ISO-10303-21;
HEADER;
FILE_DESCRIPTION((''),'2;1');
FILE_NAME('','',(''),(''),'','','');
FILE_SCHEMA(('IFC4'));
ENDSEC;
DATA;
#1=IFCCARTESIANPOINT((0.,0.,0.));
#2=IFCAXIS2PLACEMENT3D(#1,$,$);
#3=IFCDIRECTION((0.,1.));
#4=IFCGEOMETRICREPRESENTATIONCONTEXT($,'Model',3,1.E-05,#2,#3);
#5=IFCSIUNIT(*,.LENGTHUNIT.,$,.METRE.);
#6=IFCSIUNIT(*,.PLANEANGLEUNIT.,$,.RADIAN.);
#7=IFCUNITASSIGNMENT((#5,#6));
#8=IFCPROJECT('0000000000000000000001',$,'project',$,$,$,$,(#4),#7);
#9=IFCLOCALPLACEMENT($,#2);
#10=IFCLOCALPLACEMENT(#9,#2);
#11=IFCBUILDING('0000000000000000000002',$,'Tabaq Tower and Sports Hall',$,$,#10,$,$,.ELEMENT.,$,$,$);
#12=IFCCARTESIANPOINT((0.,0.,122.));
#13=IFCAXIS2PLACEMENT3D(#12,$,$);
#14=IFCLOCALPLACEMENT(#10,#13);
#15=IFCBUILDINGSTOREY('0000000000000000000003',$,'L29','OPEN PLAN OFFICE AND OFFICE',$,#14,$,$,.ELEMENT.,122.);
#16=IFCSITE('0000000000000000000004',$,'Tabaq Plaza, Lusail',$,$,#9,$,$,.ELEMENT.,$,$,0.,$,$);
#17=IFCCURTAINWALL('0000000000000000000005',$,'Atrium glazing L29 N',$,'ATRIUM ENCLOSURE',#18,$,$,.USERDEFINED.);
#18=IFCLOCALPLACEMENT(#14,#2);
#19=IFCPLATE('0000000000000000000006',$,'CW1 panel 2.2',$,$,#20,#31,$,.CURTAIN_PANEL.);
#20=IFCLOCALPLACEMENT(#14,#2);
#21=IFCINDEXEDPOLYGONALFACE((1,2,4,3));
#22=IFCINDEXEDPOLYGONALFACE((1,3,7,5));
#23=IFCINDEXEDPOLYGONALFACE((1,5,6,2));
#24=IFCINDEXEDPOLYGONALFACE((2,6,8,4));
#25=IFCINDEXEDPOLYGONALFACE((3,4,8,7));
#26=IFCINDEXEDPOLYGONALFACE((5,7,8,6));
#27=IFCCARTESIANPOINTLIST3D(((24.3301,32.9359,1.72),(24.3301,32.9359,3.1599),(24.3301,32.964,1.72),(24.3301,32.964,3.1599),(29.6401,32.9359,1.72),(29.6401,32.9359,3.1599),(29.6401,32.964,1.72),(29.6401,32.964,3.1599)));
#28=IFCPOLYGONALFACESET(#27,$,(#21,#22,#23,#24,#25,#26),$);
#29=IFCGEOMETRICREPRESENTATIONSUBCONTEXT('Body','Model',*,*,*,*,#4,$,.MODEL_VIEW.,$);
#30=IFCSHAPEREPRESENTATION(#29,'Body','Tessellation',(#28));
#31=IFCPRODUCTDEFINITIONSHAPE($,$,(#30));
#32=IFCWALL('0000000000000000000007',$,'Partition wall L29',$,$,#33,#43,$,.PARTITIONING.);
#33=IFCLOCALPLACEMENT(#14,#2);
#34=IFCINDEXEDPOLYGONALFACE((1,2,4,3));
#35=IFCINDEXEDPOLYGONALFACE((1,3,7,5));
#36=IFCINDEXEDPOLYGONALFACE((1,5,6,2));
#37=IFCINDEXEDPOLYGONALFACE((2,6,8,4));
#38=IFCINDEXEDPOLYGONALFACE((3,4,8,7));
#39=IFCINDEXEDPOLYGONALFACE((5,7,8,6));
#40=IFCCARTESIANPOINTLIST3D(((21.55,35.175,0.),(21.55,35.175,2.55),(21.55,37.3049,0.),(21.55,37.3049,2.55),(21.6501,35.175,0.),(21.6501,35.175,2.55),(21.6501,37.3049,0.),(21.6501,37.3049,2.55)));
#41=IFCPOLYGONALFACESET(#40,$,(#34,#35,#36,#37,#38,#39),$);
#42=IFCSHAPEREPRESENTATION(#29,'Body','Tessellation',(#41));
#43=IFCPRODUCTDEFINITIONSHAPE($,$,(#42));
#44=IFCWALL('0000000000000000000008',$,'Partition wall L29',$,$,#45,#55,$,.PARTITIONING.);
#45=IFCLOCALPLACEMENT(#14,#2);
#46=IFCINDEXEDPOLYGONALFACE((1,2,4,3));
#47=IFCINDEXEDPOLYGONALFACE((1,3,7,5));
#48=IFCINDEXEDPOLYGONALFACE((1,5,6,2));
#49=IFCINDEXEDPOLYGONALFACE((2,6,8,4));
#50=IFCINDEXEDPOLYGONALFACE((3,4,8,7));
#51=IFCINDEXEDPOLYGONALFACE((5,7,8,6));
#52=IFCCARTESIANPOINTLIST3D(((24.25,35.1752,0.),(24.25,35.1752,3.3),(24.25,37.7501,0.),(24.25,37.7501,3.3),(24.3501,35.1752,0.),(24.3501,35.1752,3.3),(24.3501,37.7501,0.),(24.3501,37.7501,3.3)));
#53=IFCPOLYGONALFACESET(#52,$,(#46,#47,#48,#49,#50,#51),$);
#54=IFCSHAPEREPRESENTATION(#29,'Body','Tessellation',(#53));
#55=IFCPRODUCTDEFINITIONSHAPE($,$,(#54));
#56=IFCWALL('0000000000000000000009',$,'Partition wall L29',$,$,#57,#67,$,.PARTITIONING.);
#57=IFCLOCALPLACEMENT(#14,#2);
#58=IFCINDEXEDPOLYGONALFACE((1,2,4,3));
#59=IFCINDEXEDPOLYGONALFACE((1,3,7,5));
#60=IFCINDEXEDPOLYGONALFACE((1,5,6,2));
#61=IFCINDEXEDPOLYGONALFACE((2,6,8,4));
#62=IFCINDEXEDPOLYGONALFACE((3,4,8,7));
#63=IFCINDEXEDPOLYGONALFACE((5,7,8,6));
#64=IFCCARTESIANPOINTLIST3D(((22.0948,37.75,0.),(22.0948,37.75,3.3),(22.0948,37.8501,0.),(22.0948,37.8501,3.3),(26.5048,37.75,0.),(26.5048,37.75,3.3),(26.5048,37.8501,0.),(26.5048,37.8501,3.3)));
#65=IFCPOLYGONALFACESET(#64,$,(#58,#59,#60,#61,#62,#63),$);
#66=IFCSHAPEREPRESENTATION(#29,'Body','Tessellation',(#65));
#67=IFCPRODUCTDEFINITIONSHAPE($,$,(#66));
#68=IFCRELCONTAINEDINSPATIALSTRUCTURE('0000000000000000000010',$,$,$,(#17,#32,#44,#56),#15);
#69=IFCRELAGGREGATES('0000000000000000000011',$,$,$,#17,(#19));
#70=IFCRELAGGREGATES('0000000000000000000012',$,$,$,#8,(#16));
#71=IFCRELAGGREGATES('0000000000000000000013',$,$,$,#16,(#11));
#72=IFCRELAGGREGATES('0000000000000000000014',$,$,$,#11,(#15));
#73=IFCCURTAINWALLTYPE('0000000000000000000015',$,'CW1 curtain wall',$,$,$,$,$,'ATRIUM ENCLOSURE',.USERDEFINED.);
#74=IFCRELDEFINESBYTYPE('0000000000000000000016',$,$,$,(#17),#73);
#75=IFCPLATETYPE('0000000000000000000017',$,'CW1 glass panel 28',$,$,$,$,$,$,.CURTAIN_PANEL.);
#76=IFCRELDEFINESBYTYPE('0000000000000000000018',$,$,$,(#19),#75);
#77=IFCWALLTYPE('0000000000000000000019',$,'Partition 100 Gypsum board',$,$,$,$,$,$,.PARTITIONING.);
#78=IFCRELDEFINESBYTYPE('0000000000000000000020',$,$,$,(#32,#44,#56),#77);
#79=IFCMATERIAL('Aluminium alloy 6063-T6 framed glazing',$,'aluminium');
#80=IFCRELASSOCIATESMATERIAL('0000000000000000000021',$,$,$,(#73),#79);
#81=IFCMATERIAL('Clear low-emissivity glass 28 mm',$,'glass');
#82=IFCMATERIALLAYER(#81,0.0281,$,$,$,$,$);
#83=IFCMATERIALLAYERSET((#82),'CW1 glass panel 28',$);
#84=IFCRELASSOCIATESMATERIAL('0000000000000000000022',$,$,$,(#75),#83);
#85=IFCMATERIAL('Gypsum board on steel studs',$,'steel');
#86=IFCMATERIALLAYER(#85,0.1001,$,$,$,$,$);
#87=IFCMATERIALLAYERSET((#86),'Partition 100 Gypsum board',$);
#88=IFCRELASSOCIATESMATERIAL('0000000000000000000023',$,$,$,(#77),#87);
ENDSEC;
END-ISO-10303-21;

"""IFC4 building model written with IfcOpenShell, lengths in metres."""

from ifc_helpers import new_model, si_unit, direction, frame, frame_2d, origin, origin_2d, place, context, subcontext, project, spatial, rectangle, extrude, material, layer, layer_set, type_object, element, aggregate, save


model = new_model("IFC4")

# Units and contexts
model_context = context("Model", 3, precision=1e-05, world=origin(), true_north=direction((0.0, 1.0)))
body_context = subcontext(model_context, "Body", "Model", "MODEL_VIEW")
ifc_project = project(units=[si_unit("LENGTHUNIT", "METRE"), si_unit("PLANEANGLEUNIT", "RADIAN")], contexts=[model_context])

# Site, building, storey
site_placement = place(None, origin())
site = spatial("IfcSite", under=ifc_project, at=site_placement, Name="Tabaq Plaza, Lusail", CompositionType="ELEMENT", RefElevation=0.0)
building_placement = place(site_placement, origin())
building = spatial("IfcBuilding", under=site, at=building_placement, Name="Tabaq Tower and Sports Hall", CompositionType="ELEMENT")
storey_placement = place(building_placement, frame((0.0, 0.0, 122.0)))
storey = spatial("IfcBuildingStorey", under=building, at=storey_placement, Name="L29", Description="OPEN PLAN OFFICE AND OFFICE", CompositionType="ELEMENT", Elevation=122.0)

# Curtain wall
ifc_material_1 = material(Name="Aluminium alloy 6063-T6 framed glazing", Category="aluminium")
curtain_wall_type = type_object("IfcCurtainWallType", Name="CW1 curtain wall", ElementType="ATRIUM ENCLOSURE", PredefinedType="USERDEFINED", material=ifc_material_1)
curtain_wall_placement = place(storey_placement, origin())
curtain_wall = element("IfcCurtainWall", 1, at=curtain_wall_placement, inside=storey, type_object=curtain_wall_type, Name="Atrium glazing L29 N", ObjectType="ATRIUM ENCLOSURE", PredefinedType="USERDEFINED")

# Plate
ifc_material_2 = material(Name="Clear low-emissivity glass 28 mm", Category="glass")
ifc_layer_1 = layer(ifc_material_2, 0.0281)
ifc_layer_set_1 = layer_set([ifc_layer_1], Name="CW1 glass panel 28")
plate_type = type_object("IfcPlateType", Name="CW1 glass panel 28", PredefinedType="CURTAIN_PANEL", material=ifc_layer_set_1)
plate_1_placement = place(storey_placement, frame((26.9851, 32.95, 1.72), z_axis=(0.0, 0.0, 1.0), x_axis=(1.0, 0.0, 0.0)))
plate_1 = element("IfcPlate", 2, at=plate_1_placement, type_object=plate_type, Name="CW1 panel 2.2", PredefinedType="CURTAIN_PANEL", context=body_context, shape_type="SweptSolid", body=[
    extrude(rectangle(XDim=5.3101, YDim=0.0281, at=origin_2d()), origin(), (0.0, 0.0, 1.0), 1.4399),
])
aggregate(curtain_wall, [plate_1])

# Walls
ifc_material_3 = material(Name="Gypsum board on steel studs", Category="steel")
ifc_layer_2 = layer(ifc_material_3, 0.1001)
ifc_layer_set_2 = layer_set([ifc_layer_2], Name="Partition 100 Gypsum board")
wall_type_1 = type_object("IfcWallType", Name="Partition 100 Gypsum board", PredefinedType="PARTITIONING", material=ifc_layer_set_2)
wall_1_placement = place(storey_placement, frame((21.6001, 35.175, 0.0), z_axis=(0.0, 0.0, 1.0), x_axis=(0.0, 1.0, 0.0)))
element("IfcWall", 3, at=wall_1_placement, inside=storey, type_object=wall_type_1, Name="Partition wall L29", PredefinedType="PARTITIONING", context=body_context, shape_type="SweptSolid", body=[
    extrude(rectangle(XDim=2.1299, YDim=0.1001, at=frame_2d((1.0649, 0.0))), origin(), (0.0, 0.0, 1.0), 2.55),
])
wall_2_placement = place(storey_placement, frame((24.3, 35.175, 0.0), z_axis=(0.0, 0.0, 1.0), x_axis=(0.0, 1.0, 0.0)))
element("IfcWall", 4, at=wall_2_placement, inside=storey, type_object=wall_type_1, Name="Partition wall L29", PredefinedType="PARTITIONING", context=body_context, shape_type="SweptSolid", body=[
    extrude(rectangle(XDim=2.575, YDim=0.1001, at=frame_2d((1.2876, 0.0))), origin(), (0.0, 0.0, 1.0), 3.3),
])
wall_3_placement = place(storey_placement, frame((26.5049, 37.8, 0.0), z_axis=(0.0, 0.0, 1.0), x_axis=(-1.0, 0.0, 0.0)))
element("IfcWall", 5, at=wall_3_placement, inside=storey, type_object=wall_type_1, Name="Partition wall L29", PredefinedType="PARTITIONING", context=body_context, shape_type="SweptSolid", body=[
    extrude(rectangle(XDim=4.4099, YDim=0.1001, at=frame_2d((2.2051, 0.0))), origin(), (0.0, 0.0, 1.0), 3.3),
])

save(model, "model.ifc")
